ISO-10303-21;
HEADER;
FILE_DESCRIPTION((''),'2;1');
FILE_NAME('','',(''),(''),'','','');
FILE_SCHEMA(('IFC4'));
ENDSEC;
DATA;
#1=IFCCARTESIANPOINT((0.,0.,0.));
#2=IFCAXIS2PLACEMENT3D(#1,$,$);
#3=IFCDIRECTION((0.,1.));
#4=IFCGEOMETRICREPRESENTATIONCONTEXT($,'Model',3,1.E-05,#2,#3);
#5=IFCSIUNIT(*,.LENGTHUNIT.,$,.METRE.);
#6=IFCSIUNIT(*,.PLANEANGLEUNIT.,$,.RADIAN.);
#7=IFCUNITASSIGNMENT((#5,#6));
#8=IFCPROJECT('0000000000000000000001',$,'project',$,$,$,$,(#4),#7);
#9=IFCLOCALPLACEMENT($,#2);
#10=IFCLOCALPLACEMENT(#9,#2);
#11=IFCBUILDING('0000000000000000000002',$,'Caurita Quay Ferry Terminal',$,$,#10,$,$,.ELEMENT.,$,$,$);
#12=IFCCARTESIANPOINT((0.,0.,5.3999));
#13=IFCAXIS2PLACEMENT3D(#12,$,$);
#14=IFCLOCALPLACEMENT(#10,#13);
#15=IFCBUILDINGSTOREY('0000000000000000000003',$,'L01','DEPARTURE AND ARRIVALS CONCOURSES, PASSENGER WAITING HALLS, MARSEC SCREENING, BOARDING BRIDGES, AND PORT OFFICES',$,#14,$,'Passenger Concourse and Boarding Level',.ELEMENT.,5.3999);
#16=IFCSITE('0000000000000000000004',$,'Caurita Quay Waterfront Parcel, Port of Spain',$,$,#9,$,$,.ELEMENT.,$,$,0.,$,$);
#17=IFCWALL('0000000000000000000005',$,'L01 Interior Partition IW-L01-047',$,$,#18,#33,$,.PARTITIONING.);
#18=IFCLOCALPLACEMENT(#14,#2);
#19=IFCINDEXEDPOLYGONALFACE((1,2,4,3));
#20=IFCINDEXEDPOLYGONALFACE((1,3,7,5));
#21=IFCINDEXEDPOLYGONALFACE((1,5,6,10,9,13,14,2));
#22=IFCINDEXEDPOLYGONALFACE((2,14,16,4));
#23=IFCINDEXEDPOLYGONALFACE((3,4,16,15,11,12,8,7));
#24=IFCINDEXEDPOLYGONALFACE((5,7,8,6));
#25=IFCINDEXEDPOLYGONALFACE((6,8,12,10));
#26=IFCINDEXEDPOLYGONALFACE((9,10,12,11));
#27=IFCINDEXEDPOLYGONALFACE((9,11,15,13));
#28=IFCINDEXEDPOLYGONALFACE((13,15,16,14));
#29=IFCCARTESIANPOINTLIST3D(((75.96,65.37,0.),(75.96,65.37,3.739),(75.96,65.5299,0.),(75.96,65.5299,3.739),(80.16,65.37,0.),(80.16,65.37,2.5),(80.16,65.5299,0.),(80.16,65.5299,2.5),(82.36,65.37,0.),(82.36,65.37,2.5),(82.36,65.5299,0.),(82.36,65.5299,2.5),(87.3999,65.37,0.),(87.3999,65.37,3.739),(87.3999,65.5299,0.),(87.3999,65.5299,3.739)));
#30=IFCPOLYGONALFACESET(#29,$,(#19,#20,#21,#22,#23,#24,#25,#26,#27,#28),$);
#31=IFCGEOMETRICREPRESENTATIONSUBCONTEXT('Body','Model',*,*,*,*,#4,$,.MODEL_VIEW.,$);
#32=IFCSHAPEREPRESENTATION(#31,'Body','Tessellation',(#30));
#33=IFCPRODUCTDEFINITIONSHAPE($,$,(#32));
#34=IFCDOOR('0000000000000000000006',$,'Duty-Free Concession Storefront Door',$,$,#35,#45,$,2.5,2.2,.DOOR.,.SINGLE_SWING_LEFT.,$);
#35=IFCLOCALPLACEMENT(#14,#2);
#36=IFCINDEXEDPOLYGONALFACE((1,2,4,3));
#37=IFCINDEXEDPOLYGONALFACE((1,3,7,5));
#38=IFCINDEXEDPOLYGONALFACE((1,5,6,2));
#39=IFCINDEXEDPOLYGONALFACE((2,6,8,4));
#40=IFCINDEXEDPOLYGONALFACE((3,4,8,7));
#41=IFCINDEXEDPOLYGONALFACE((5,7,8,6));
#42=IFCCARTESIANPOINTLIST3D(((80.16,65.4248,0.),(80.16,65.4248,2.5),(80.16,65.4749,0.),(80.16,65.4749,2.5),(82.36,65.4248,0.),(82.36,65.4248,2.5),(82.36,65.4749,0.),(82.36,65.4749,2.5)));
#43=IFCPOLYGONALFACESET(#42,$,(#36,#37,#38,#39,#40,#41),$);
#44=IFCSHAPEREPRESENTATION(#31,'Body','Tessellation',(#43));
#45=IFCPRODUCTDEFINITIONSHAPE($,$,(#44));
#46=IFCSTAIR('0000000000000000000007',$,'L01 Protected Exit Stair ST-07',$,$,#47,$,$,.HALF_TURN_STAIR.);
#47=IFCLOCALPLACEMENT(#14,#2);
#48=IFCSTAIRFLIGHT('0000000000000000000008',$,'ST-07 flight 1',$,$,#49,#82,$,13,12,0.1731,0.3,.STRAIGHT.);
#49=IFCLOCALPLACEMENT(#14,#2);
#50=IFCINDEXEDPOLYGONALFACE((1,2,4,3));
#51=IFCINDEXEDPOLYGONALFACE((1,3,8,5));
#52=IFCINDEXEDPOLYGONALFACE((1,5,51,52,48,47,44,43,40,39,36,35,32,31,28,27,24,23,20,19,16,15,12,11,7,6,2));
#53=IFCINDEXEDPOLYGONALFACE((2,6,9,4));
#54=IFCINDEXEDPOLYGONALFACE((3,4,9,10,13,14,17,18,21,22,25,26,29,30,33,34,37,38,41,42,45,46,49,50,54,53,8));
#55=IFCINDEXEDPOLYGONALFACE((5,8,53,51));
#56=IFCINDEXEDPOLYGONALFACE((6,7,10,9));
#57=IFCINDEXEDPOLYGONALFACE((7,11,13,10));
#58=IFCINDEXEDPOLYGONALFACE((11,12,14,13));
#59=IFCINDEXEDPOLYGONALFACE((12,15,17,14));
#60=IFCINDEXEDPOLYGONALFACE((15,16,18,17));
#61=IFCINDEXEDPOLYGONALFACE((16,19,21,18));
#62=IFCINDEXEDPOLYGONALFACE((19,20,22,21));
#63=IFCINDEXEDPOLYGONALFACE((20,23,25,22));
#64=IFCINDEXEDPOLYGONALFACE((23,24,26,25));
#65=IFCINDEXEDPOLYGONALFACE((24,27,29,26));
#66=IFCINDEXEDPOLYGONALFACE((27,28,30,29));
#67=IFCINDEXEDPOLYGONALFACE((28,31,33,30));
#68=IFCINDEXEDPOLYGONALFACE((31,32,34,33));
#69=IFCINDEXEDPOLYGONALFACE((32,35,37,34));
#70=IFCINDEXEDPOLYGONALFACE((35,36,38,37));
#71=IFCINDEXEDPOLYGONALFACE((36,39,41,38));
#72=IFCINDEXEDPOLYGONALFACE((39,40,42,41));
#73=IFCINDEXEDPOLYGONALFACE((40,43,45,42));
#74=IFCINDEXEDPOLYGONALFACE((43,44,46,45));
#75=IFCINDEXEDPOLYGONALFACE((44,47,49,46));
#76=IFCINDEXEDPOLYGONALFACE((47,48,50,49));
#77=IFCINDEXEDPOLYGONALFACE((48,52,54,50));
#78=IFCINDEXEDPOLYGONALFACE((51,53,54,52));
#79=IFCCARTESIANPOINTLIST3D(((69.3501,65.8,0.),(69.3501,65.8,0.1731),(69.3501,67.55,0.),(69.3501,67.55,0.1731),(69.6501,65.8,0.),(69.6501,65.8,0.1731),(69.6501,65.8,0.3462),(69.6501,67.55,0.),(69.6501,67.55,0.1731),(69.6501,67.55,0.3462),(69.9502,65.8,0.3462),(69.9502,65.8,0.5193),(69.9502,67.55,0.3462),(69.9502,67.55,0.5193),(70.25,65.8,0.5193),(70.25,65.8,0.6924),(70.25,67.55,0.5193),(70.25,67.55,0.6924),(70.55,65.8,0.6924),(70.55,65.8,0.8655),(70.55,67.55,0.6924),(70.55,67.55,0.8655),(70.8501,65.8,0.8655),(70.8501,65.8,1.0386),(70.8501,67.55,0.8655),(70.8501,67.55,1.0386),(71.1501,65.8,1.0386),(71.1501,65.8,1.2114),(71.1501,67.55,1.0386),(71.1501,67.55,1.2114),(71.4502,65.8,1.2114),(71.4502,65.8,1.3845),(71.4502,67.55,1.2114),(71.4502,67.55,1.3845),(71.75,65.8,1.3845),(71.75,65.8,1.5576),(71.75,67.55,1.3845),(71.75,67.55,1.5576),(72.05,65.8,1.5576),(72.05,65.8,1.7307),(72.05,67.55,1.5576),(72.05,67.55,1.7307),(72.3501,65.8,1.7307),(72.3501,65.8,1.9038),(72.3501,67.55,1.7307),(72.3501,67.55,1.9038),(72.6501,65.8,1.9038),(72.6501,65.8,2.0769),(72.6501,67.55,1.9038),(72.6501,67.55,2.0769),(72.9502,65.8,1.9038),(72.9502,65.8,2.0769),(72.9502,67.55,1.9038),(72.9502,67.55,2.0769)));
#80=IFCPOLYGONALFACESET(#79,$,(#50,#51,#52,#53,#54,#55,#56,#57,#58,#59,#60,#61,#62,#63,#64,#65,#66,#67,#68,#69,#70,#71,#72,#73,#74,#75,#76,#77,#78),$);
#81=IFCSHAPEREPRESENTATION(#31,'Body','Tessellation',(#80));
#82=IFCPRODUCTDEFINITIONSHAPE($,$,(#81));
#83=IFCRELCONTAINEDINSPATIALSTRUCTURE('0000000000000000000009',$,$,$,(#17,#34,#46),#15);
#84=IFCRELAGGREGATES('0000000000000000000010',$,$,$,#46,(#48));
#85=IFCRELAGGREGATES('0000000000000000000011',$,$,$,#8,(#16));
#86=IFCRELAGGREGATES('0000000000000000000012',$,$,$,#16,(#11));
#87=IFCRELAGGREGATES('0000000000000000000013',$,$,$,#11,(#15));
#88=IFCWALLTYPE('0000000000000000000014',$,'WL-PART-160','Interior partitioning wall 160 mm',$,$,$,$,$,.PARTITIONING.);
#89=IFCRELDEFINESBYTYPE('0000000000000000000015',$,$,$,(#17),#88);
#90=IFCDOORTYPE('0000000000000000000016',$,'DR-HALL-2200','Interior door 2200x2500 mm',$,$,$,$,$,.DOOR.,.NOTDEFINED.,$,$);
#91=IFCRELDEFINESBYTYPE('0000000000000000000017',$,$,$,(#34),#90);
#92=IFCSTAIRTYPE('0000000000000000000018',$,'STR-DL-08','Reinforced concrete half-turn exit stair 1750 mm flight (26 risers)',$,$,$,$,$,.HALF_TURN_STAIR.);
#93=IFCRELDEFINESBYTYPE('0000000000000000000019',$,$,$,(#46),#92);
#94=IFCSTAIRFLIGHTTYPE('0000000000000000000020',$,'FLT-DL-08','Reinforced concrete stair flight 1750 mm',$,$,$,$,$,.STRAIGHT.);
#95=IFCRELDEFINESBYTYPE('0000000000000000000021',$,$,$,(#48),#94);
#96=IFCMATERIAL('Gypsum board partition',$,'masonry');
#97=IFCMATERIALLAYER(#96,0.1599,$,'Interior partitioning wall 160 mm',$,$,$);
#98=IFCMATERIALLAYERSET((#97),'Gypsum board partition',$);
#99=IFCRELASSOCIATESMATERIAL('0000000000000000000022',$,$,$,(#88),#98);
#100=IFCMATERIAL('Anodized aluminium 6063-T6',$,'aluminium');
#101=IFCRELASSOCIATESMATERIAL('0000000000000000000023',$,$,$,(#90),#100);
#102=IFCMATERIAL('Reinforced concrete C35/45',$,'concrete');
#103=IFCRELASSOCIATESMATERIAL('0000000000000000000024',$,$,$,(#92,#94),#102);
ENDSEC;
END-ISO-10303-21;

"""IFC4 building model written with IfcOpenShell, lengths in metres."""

from ifc_helpers import new_model, si_unit, direction, frame, frame_2d, origin, place, context, subcontext, project, spatial, polyline, rectangle, outline, extrude, material, layer, layer_set, type_object, element, fill, aggregate, save


model = new_model("IFC4")

# Units and contexts
model_context = context("Model", 3, precision=1e-05, world=origin(), true_north=direction((0.0, 1.0)))
body_context = subcontext(model_context, "Body", "Model", "MODEL_VIEW")
ifc_project = project(units=[si_unit("LENGTHUNIT", "METRE"), si_unit("PLANEANGLEUNIT", "RADIAN")], contexts=[model_context])

# Site, building, storey
site_placement = place(None, origin())
site = spatial("IfcSite", under=ifc_project, at=site_placement, Name="Caurita Quay Waterfront Parcel, Port of Spain", CompositionType="ELEMENT", RefElevation=0.0)
building_placement = place(site_placement, origin())
building = spatial("IfcBuilding", under=site, at=building_placement, Name="Caurita Quay Ferry Terminal", CompositionType="ELEMENT")
storey_placement = place(building_placement, frame((0.0, 0.0, 5.3999)))
storey = spatial("IfcBuildingStorey", under=building, at=storey_placement, Name="L01", Description="DEPARTURE AND ARRIVALS CONCOURSES, PASSENGER WAITING HALLS, MARSEC SCREENING, BOARDING BRIDGES, AND PORT OFFICES", LongName="Passenger Concourse and Boarding Level", CompositionType="ELEMENT", Elevation=5.3999)

# Shared definitions
ifc_material_1 = material(Name="Anodized aluminium 6063-T6", Category="aluminium")

# Shared definitions
ifc_material_2 = material(Name="Reinforced concrete C35/45", Category="concrete")

# Wall, opening, door
ifc_material_3 = material(Name="Gypsum board partition", Category="masonry")
ifc_layer_1 = layer(ifc_material_3, 0.1599, Name="Interior partitioning wall 160 mm")
ifc_layer_set_1 = layer_set([ifc_layer_1], Name="Gypsum board partition")
wall_type_1 = type_object("IfcWallType", Name="WL-PART-160", Description="Interior partitioning wall 160 mm", PredefinedType="PARTITIONING", material=ifc_layer_set_1)
wall_1_placement = place(storey_placement, frame((75.96, 65.45, 0.0), z_axis=(0.0, 0.0, 1.0), x_axis=(1.0, 0.0, 0.0)))
wall_1 = element("IfcWall", 1, at=wall_1_placement, inside=storey, type_object=wall_type_1, Name="L01 Interior Partition IW-L01-047", PredefinedType="PARTITIONING", context=body_context, shape_type="SweptSolid", body=[
    extrude(rectangle(XDim=11.4399, YDim=0.1599, at=frame_2d((5.72, 0.0))), origin(), (0.0, 0.0, 1.0), 3.739),
])
opening_1_placement = place(wall_1_placement, frame((4.2, 0.0, 0.0)))
opening_1 = element("IfcOpeningElement", 2, at=opening_1_placement, cuts=wall_1, PredefinedType="OPENING", context=body_context, shape_type="SweptSolid", body=[
    extrude(rectangle(XDim=2.2, YDim=2.5, at=frame_2d((1.1001, 1.25))), frame((0.0, 0.0898, 0.0), z_axis=(0.0, -1.0, 0.0), x_axis=(1.0, 0.0, 0.0)), (0.0, 0.0, 1.0), 0.1799),
])
door_type_1 = type_object("IfcDoorType", Name="DR-HALL-2200", Description="Interior door 2200x2500 mm", OperationType="NOTDEFINED", PredefinedType="DOOR", material=ifc_material_1)
door_1_placement = place(opening_1_placement, origin())
door_1 = element("IfcDoor", 3, at=door_1_placement, inside=storey, type_object=door_type_1, Name="Duty-Free Concession Storefront Door", OperationType="SINGLE_SWING_LEFT", OverallHeight=2.5, OverallWidth=2.2, PredefinedType="DOOR", context=body_context, shape_type="SweptSolid", body=[
    extrude(rectangle(XDim=2.2, YDim=2.5, at=frame_2d((1.1001, 1.25))), frame((0.0, 0.0249, 0.0), z_axis=(0.0, -1.0, 0.0), x_axis=(1.0, 0.0, 0.0)), (0.0, 0.0, 1.0), 0.05),
])
fill(opening_1, door_1)

# Stair, stair flight
stair_type = type_object("IfcStairType", Name="STR-DL-08", Description="Reinforced concrete half-turn exit stair 1750 mm flight (26 risers)", PredefinedType="HALF_TURN_STAIR", material=ifc_material_2)
stair_placement = place(storey_placement, origin())
stair = element("IfcStair", 4, at=stair_placement, inside=storey, type_object=stair_type, Name="L01 Protected Exit Stair ST-07", PredefinedType="HALF_TURN_STAIR")
stair_flight_type = type_object("IfcStairFlightType", Name="FLT-DL-08", Description="Reinforced concrete stair flight 1750 mm", PredefinedType="STRAIGHT", material=ifc_material_2)
stair_flight_placement = place(storey_placement, frame((69.3501, 66.675, 0.0), z_axis=(0.0, 0.0, 1.0), x_axis=(1.0, 0.0, 0.0)))
stair_flight = element("IfcStairFlight", 5, at=stair_flight_placement, type_object=stair_flight_type, Name="ST-07 flight 1", NumberOfRisers=13, NumberOfTreads=12, PredefinedType="STRAIGHT", RiserHeight=0.1731, TreadLength=0.3, context=body_context, shape_type="SweptSolid", body=[
    extrude(outline(polyline([(0.0, 0.0), (0.0, 0.1731), (0.3, 0.1731), (0.3, 0.3462), (0.6001, 0.3462), (0.6001, 0.5193), (0.8999, 0.5193), (0.8999, 0.6924), (1.2, 0.6924), (1.2, 0.8655), (1.5, 0.8655), (1.5, 1.0386), (1.8, 1.0386), (1.8, 1.2114), (2.1001, 1.2114), (2.1001, 1.3845), (2.3999, 1.3845), (2.3999, 1.5576), (2.7, 1.5576), (2.7, 1.7307), (3.0, 1.7307), (3.0, 1.9038), (3.3, 1.9038), (3.3, 2.0769), (3.6001, 2.0769), (3.6001, 2.25), (3.6001, 1.9038), (0.3, 0.0), (0.0, 0.0)])), frame((0.0, 0.875, 0.0), z_axis=(0.0, -1.0, 0.0), x_axis=(1.0, 0.0, 0.0)), (0.0, 0.0, 1.0), 1.75),
])
aggregate(stair, [stair_flight])

save(model, "model.ifc")
